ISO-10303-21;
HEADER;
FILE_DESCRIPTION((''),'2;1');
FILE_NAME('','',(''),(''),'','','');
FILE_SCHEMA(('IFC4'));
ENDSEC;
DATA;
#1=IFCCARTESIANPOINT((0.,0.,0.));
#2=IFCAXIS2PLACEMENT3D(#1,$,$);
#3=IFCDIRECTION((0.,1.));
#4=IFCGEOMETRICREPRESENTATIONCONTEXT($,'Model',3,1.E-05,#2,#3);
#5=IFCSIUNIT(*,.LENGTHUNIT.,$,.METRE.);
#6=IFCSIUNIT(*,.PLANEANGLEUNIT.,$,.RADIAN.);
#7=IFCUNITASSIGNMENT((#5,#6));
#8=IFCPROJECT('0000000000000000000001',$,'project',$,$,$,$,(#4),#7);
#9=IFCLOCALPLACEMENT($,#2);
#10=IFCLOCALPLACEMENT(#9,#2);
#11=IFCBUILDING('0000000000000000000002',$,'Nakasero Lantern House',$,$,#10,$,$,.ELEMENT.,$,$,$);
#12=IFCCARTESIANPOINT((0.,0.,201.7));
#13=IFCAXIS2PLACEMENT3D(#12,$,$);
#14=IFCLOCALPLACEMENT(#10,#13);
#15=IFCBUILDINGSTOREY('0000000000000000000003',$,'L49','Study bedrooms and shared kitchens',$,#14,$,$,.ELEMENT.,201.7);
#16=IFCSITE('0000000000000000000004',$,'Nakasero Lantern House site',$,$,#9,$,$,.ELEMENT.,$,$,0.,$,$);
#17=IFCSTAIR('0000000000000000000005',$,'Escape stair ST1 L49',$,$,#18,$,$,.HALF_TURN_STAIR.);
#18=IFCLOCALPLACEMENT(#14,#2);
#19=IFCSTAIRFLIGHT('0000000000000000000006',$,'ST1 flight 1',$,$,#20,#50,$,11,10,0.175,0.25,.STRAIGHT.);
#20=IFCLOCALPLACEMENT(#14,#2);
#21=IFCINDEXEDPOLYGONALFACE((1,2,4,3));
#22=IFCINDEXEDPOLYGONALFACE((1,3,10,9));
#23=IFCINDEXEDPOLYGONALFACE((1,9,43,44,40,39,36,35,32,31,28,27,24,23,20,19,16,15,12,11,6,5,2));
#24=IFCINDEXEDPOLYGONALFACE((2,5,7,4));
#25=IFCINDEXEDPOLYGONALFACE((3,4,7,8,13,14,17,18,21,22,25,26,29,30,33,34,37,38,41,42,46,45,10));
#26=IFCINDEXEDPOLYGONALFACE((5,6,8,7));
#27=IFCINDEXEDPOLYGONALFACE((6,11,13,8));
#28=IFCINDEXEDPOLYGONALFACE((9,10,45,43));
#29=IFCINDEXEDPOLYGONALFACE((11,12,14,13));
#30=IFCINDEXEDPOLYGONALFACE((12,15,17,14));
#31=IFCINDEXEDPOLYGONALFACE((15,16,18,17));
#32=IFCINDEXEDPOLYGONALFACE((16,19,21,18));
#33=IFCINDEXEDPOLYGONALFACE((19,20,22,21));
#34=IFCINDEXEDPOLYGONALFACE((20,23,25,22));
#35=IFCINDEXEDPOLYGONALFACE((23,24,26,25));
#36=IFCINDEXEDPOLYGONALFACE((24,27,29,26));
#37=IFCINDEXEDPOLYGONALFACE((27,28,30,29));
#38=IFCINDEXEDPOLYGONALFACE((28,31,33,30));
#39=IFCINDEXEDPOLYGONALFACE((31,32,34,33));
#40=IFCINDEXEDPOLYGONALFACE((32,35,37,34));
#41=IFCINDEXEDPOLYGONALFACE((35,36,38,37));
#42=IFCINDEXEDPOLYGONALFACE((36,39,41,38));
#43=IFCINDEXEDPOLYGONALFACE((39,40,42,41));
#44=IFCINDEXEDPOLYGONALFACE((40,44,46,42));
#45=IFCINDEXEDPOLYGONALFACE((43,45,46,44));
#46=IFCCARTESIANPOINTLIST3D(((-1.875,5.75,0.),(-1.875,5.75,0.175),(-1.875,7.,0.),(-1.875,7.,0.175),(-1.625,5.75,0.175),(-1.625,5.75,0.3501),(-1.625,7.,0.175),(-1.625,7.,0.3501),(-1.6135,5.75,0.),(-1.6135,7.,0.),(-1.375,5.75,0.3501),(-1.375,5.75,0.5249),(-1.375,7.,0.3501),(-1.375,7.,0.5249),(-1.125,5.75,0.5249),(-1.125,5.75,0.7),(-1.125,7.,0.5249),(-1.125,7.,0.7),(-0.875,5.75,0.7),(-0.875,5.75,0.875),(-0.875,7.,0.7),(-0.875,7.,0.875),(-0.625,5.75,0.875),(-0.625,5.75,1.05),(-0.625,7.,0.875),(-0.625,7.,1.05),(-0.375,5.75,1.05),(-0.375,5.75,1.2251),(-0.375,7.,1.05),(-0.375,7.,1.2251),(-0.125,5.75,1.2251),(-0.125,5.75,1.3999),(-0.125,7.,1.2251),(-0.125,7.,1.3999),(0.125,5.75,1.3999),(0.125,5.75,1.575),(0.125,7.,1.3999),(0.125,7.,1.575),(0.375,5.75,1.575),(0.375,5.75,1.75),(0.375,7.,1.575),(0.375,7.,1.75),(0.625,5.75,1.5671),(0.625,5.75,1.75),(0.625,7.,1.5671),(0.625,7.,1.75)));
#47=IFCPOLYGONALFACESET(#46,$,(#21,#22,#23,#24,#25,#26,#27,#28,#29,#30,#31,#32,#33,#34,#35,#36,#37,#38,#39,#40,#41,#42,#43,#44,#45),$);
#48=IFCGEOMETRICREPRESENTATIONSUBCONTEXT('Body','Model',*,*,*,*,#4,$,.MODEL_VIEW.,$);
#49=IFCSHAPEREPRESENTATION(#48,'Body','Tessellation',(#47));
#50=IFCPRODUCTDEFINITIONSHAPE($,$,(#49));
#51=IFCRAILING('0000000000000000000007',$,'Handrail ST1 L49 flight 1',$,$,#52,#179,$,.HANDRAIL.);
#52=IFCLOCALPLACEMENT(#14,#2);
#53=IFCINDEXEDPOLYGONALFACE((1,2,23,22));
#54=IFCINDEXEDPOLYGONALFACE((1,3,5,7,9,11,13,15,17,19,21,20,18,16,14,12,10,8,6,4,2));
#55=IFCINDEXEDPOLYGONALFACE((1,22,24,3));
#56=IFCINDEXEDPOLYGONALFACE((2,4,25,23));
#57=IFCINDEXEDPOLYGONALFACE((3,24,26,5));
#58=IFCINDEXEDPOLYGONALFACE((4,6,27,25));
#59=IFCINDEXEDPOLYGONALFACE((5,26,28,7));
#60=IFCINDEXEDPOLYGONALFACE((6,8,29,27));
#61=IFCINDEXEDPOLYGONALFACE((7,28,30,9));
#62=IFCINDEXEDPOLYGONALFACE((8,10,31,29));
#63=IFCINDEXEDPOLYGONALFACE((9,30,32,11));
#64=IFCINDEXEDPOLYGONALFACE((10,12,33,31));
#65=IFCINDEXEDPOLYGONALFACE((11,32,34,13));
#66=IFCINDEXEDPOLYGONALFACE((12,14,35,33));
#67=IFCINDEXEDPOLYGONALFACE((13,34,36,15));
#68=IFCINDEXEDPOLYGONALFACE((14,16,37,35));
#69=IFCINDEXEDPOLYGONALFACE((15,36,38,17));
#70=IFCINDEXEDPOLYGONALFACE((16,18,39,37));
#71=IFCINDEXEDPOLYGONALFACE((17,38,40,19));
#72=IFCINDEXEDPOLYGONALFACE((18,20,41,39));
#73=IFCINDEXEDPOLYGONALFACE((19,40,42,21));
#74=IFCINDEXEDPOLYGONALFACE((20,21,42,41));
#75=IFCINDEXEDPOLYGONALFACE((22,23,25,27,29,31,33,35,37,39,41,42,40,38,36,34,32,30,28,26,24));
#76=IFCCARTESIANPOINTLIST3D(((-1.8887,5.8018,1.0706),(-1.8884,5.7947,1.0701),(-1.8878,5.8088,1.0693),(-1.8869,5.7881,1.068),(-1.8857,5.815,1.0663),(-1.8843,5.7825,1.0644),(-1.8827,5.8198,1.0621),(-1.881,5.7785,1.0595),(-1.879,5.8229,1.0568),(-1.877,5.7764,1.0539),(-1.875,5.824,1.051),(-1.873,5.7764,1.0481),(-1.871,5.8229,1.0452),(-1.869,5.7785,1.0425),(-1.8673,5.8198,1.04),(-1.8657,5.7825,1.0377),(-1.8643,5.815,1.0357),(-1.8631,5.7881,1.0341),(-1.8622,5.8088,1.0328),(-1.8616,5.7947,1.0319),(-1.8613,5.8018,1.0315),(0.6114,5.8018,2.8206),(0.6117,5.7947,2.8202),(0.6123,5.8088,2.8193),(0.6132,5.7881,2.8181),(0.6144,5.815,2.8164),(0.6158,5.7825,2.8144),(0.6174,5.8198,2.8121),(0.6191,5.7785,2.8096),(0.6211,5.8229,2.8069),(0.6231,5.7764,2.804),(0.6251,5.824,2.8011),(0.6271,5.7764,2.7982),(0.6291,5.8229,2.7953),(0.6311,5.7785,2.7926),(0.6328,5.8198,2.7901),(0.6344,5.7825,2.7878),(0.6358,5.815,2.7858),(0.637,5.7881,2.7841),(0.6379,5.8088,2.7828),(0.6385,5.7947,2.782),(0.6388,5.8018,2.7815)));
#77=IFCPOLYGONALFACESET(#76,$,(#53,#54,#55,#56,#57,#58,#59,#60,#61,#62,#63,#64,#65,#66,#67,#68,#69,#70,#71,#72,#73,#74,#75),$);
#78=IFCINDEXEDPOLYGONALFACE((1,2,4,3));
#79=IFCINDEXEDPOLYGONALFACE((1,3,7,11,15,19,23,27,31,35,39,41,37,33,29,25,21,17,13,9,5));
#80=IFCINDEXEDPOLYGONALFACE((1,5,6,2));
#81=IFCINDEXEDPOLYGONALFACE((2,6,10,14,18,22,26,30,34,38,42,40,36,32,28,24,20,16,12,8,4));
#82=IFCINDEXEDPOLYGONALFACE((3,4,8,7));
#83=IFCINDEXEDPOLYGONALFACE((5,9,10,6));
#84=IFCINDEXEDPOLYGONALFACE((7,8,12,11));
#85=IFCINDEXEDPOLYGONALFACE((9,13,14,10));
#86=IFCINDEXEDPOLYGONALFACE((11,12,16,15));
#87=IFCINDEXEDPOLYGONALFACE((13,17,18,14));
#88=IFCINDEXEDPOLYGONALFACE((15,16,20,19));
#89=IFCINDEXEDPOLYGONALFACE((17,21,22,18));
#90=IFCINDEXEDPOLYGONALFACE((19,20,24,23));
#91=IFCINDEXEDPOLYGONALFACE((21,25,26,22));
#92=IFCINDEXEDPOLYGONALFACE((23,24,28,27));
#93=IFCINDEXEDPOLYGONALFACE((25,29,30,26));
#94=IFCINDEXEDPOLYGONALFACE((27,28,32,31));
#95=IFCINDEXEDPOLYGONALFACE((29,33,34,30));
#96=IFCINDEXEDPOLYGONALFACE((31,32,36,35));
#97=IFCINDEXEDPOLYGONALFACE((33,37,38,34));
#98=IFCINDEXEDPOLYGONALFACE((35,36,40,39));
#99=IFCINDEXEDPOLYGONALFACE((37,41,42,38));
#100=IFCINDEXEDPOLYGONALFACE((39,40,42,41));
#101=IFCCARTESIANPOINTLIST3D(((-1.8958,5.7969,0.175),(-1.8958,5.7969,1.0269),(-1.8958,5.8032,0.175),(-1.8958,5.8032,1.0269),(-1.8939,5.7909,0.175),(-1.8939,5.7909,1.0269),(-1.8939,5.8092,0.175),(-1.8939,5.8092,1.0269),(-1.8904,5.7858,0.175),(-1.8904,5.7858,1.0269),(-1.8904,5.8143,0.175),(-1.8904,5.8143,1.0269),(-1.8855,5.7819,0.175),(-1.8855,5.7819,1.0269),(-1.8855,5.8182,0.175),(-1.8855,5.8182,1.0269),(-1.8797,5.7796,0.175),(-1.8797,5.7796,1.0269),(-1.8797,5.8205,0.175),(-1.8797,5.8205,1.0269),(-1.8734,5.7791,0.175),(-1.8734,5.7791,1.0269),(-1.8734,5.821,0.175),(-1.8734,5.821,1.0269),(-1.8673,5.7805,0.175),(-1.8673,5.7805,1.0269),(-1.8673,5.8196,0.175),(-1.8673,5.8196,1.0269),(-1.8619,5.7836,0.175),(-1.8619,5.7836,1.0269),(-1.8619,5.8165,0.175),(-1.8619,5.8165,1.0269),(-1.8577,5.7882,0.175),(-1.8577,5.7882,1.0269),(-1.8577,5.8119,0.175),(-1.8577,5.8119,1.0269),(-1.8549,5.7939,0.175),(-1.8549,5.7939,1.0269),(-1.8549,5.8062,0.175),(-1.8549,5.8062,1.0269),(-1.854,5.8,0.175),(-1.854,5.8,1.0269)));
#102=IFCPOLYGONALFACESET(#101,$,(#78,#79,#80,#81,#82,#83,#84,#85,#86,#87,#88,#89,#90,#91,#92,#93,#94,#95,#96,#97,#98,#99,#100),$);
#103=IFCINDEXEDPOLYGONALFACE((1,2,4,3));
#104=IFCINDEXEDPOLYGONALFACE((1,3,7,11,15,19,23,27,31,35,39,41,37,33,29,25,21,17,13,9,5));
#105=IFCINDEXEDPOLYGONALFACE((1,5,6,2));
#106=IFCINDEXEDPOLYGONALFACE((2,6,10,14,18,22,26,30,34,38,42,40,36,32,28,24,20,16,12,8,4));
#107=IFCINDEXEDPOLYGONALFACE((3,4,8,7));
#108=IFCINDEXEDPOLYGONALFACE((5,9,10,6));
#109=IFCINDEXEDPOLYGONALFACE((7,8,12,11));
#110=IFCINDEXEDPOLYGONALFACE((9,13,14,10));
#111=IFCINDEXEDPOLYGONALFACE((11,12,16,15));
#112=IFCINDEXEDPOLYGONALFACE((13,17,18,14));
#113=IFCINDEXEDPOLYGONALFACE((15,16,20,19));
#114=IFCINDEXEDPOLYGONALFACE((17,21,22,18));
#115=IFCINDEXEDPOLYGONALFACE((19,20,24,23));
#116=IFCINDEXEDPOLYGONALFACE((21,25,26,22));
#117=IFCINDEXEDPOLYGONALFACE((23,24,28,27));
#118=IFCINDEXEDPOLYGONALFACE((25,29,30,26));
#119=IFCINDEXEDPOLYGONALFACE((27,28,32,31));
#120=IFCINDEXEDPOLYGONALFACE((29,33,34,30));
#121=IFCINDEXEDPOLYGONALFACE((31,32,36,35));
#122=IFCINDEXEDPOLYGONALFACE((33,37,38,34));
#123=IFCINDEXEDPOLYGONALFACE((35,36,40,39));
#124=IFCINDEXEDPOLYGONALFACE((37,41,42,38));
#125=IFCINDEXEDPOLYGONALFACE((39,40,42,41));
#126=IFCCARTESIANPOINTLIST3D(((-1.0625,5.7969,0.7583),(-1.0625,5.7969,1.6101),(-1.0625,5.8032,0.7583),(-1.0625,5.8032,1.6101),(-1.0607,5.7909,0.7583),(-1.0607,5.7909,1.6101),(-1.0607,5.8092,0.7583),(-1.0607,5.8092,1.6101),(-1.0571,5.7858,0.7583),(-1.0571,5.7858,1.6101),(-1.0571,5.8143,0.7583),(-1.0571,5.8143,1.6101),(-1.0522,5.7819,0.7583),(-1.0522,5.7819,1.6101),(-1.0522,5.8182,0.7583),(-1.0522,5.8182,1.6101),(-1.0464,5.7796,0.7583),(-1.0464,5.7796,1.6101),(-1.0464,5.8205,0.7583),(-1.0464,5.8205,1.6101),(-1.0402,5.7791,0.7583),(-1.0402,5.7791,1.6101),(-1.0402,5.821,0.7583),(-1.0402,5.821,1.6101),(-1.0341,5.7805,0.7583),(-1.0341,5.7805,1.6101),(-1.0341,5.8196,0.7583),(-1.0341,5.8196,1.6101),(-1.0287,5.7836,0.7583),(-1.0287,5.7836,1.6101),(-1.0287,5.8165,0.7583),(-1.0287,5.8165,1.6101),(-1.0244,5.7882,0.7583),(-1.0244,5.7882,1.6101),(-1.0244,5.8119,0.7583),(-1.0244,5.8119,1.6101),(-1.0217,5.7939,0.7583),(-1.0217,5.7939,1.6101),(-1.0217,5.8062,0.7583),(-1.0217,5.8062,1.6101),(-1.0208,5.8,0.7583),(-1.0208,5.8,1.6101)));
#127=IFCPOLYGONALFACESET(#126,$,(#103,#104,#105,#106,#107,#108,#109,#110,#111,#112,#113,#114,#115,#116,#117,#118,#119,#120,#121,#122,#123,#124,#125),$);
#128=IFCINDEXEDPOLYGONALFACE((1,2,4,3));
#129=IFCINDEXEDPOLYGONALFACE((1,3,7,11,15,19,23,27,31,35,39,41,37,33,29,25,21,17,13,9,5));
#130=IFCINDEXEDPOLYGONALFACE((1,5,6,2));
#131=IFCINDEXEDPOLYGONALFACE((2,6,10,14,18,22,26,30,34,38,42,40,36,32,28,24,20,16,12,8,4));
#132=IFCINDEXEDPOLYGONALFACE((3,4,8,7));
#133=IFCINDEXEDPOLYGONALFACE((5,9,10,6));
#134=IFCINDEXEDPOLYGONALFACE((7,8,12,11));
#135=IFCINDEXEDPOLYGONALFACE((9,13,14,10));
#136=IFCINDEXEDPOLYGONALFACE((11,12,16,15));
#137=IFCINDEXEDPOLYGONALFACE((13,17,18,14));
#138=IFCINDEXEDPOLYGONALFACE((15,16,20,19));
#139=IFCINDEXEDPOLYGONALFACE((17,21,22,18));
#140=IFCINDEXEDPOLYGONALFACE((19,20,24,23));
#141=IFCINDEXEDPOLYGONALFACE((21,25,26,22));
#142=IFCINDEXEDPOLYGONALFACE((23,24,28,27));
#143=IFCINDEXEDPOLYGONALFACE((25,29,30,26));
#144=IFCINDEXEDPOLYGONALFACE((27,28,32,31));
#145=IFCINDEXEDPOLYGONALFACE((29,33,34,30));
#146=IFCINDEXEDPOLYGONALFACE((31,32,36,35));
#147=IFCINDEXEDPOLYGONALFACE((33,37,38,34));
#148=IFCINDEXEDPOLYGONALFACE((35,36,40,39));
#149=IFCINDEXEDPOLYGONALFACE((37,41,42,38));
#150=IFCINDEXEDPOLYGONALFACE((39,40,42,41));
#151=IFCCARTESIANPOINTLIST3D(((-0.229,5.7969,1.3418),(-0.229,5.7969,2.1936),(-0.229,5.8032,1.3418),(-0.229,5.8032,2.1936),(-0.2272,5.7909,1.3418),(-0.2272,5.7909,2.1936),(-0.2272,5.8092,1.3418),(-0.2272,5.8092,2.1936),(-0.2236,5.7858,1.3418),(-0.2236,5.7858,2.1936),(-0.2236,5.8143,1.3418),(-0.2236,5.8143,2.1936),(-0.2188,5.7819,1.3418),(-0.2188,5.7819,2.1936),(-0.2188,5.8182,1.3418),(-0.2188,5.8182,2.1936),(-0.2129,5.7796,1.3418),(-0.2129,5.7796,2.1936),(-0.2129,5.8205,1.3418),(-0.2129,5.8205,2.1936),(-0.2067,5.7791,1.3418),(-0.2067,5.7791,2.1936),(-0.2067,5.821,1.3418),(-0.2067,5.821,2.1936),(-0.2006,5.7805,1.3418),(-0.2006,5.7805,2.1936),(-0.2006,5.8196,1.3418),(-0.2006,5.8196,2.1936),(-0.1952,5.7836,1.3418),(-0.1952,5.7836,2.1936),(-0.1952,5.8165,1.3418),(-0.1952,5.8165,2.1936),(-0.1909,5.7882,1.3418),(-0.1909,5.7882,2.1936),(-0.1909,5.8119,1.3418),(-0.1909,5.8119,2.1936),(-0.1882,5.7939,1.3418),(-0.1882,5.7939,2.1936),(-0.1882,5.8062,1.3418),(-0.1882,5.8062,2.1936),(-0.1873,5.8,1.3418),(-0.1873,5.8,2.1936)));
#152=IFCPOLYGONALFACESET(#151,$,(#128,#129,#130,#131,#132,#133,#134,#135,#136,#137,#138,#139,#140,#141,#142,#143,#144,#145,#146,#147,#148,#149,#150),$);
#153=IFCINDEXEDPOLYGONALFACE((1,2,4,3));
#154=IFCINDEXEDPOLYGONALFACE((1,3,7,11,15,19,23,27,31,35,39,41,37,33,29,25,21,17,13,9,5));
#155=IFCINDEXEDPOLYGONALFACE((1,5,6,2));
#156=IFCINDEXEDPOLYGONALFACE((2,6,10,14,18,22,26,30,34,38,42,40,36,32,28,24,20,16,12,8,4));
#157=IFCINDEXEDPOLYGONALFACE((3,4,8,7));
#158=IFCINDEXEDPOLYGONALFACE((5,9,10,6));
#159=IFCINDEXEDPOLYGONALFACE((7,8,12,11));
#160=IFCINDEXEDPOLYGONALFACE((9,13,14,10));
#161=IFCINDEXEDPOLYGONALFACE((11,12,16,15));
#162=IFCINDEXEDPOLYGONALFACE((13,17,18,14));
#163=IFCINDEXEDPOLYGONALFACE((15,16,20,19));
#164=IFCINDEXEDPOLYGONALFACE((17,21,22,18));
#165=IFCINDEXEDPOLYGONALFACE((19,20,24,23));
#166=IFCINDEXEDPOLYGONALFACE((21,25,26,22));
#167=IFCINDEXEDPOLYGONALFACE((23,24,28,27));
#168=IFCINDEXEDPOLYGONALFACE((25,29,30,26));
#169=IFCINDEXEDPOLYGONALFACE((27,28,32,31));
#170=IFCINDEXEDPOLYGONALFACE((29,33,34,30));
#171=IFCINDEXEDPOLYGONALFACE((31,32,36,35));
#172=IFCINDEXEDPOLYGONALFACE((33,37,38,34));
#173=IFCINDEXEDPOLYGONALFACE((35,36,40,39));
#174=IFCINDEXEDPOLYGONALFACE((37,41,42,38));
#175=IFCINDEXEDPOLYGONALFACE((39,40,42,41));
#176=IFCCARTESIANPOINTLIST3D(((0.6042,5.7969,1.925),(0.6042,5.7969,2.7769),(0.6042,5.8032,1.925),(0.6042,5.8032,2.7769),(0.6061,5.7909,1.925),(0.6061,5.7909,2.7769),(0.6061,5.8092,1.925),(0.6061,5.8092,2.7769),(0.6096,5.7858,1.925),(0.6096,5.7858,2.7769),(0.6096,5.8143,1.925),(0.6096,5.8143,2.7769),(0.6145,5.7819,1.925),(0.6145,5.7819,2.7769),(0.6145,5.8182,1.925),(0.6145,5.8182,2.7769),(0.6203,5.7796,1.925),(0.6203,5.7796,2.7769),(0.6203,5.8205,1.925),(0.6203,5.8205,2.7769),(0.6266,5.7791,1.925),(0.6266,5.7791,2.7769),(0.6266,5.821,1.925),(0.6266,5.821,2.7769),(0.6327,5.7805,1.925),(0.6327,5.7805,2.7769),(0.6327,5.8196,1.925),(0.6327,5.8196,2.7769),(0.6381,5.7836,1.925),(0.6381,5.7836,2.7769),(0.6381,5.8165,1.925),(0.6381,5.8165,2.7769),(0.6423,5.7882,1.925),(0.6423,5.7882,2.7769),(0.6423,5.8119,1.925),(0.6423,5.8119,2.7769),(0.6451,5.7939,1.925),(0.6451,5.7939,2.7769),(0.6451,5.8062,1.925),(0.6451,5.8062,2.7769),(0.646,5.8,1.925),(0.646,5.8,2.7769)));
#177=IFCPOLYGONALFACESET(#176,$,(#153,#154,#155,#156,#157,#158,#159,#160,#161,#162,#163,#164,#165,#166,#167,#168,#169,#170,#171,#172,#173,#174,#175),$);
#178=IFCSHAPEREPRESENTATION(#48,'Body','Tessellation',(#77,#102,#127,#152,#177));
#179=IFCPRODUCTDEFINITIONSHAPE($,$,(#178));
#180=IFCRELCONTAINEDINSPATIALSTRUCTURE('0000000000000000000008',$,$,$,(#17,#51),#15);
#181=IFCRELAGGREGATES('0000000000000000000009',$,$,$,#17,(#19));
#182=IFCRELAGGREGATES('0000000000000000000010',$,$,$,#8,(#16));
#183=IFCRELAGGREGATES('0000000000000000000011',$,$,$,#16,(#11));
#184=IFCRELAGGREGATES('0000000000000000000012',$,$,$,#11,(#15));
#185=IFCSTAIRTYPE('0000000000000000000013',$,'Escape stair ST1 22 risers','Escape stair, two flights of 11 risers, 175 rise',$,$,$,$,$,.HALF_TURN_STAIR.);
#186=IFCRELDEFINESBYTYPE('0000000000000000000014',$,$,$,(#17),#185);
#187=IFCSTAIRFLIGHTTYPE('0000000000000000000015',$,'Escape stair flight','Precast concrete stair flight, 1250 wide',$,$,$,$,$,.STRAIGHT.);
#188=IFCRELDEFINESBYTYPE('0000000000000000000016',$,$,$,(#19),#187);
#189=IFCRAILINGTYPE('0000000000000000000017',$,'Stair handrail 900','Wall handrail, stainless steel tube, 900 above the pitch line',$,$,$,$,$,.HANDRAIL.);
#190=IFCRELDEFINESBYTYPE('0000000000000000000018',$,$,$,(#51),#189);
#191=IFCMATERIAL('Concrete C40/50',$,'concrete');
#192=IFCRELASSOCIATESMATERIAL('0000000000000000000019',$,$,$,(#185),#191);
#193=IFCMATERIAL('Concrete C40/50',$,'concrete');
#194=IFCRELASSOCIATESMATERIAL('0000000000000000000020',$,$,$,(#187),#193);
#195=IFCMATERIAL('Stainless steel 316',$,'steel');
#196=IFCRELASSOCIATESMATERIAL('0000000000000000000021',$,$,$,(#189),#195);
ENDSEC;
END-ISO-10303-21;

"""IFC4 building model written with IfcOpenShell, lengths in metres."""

from ifc_helpers import new_model, si_unit, direction, frame, origin, origin_2d, place, context, subcontext, project, spatial, polyline, circle, outline, extrude, material, type_object, element, aggregate, save


model = new_model("IFC4")

# Units and contexts
model_context = context("Model", 3, precision=1e-05, world=origin(), true_north=direction((0.0, 1.0)))
body_context = subcontext(model_context, "Body", "Model", "MODEL_VIEW")
ifc_project = project(units=[si_unit("LENGTHUNIT", "METRE"), si_unit("PLANEANGLEUNIT", "RADIAN")], contexts=[model_context])

# Site, building, storey
site_placement = place(None, origin())
site = spatial("IfcSite", under=ifc_project, at=site_placement, Name="Nakasero Lantern House site", CompositionType="ELEMENT", RefElevation=0.0)
building_placement = place(site_placement, origin())
building = spatial("IfcBuilding", under=site, at=building_placement, Name="Nakasero Lantern House", CompositionType="ELEMENT")
storey_placement = place(building_placement, frame((0.0, 0.0, 201.7)))
storey = spatial("IfcBuildingStorey", under=building, at=storey_placement, Name="L49", Description="Study bedrooms and shared kitchens", CompositionType="ELEMENT", Elevation=201.7)

# Stair, stair flight
ifc_material_1 = material(Name="Concrete C40/50", Category="concrete")
stair_type = type_object("IfcStairType", Name="Escape stair ST1 22 risers", Description="Escape stair, two flights of 11 risers, 175 rise", PredefinedType="HALF_TURN_STAIR", material=ifc_material_1)
stair_placement = place(storey_placement, origin())
stair = element("IfcStair", 1, at=stair_placement, inside=storey, type_object=stair_type, Name="Escape stair ST1 L49", PredefinedType="HALF_TURN_STAIR")
ifc_material_2 = material(Name="Concrete C40/50", Category="concrete")
stair_flight_type = type_object("IfcStairFlightType", Name="Escape stair flight", Description="Precast concrete stair flight, 1250 wide", PredefinedType="STRAIGHT", material=ifc_material_2)
stair_flight_placement = place(storey_placement, frame((-1.875, 6.375, 0.0), z_axis=(0.0, 0.0, 1.0), x_axis=(1.0, 0.0, 0.0)))
stair_flight = element("IfcStairFlight", 2, at=stair_flight_placement, type_object=stair_flight_type, Name="ST1 flight 1", NumberOfRisers=11, NumberOfTreads=10, PredefinedType="STRAIGHT", RiserHeight=0.175, TreadLength=0.25, context=body_context, shape_type="SweptSolid", body=[
    extrude(outline(polyline([(0.0, 0.0), (0.0, 0.175), (0.25, 0.175), (0.25, 0.3501), (0.5, 0.3501), (0.5, 0.5249), (0.75, 0.5249), (0.75, 0.7), (1.0, 0.7), (1.0, 0.875), (1.25, 0.875), (1.25, 1.05), (1.5, 1.05), (1.5, 1.2251), (1.75, 1.2251), (1.75, 1.3999), (2.0, 1.3999), (2.0, 1.575), (2.25, 1.575), (2.25, 1.75), (2.5, 1.75), (2.5, 1.925), (2.5, 1.5671), (0.2615, 0.0), (0.0, 0.0)])), frame((0.0, 0.625, 0.0), z_axis=(0.0, -1.0, 0.0), x_axis=(1.0, 0.0, 0.0)), (0.0, 0.0, 1.0), 1.25),
])
aggregate(stair, [stair_flight])

# Railing
ifc_material_3 = material(Name="Stainless steel 316", Category="steel")
railing_type = type_object("IfcRailingType", Name="Stair handrail 900", Description="Wall handrail, stainless steel tube, 900 above the pitch line", PredefinedType="HANDRAIL", material=ifc_material_3)
railing_placement = place(storey_placement, frame((-1.875, 5.8, 0.175)))
element("IfcRailing", 3, at=railing_placement, inside=storey, type_object=railing_type, Name="Handrail ST1 L49 flight 1", PredefinedType="HANDRAIL", context=body_context, shape_type="SweptSolid", body=[
    extrude(circle(Radius=0.0239, at=origin_2d()), frame((0.0, 0.0, 0.876), z_axis=(0.819232, 0.0, 0.573462), x_axis=(0.0, 1.0, 0.0)), (0.0, 0.0, 1.0), 3.0518),
    extrude(circle(Radius=0.021, at=origin_2d()), origin(), (0.0, 0.0, 1.0), 0.8518),
    extrude(circle(Radius=0.021, at=origin_2d()), frame((0.8333, 0.0, 0.5833)), (0.0, 0.0, 1.0), 0.8518),
    extrude(circle(Radius=0.021, at=origin_2d()), frame((1.6667, 0.0, 1.1667)), (0.0, 0.0, 1.0), 0.8518),
    extrude(circle(Radius=0.021, at=origin_2d()), frame((2.5, 0.0, 1.75)), (0.0, 0.0, 1.0), 0.8518),
])

save(model, "model.ifc")
